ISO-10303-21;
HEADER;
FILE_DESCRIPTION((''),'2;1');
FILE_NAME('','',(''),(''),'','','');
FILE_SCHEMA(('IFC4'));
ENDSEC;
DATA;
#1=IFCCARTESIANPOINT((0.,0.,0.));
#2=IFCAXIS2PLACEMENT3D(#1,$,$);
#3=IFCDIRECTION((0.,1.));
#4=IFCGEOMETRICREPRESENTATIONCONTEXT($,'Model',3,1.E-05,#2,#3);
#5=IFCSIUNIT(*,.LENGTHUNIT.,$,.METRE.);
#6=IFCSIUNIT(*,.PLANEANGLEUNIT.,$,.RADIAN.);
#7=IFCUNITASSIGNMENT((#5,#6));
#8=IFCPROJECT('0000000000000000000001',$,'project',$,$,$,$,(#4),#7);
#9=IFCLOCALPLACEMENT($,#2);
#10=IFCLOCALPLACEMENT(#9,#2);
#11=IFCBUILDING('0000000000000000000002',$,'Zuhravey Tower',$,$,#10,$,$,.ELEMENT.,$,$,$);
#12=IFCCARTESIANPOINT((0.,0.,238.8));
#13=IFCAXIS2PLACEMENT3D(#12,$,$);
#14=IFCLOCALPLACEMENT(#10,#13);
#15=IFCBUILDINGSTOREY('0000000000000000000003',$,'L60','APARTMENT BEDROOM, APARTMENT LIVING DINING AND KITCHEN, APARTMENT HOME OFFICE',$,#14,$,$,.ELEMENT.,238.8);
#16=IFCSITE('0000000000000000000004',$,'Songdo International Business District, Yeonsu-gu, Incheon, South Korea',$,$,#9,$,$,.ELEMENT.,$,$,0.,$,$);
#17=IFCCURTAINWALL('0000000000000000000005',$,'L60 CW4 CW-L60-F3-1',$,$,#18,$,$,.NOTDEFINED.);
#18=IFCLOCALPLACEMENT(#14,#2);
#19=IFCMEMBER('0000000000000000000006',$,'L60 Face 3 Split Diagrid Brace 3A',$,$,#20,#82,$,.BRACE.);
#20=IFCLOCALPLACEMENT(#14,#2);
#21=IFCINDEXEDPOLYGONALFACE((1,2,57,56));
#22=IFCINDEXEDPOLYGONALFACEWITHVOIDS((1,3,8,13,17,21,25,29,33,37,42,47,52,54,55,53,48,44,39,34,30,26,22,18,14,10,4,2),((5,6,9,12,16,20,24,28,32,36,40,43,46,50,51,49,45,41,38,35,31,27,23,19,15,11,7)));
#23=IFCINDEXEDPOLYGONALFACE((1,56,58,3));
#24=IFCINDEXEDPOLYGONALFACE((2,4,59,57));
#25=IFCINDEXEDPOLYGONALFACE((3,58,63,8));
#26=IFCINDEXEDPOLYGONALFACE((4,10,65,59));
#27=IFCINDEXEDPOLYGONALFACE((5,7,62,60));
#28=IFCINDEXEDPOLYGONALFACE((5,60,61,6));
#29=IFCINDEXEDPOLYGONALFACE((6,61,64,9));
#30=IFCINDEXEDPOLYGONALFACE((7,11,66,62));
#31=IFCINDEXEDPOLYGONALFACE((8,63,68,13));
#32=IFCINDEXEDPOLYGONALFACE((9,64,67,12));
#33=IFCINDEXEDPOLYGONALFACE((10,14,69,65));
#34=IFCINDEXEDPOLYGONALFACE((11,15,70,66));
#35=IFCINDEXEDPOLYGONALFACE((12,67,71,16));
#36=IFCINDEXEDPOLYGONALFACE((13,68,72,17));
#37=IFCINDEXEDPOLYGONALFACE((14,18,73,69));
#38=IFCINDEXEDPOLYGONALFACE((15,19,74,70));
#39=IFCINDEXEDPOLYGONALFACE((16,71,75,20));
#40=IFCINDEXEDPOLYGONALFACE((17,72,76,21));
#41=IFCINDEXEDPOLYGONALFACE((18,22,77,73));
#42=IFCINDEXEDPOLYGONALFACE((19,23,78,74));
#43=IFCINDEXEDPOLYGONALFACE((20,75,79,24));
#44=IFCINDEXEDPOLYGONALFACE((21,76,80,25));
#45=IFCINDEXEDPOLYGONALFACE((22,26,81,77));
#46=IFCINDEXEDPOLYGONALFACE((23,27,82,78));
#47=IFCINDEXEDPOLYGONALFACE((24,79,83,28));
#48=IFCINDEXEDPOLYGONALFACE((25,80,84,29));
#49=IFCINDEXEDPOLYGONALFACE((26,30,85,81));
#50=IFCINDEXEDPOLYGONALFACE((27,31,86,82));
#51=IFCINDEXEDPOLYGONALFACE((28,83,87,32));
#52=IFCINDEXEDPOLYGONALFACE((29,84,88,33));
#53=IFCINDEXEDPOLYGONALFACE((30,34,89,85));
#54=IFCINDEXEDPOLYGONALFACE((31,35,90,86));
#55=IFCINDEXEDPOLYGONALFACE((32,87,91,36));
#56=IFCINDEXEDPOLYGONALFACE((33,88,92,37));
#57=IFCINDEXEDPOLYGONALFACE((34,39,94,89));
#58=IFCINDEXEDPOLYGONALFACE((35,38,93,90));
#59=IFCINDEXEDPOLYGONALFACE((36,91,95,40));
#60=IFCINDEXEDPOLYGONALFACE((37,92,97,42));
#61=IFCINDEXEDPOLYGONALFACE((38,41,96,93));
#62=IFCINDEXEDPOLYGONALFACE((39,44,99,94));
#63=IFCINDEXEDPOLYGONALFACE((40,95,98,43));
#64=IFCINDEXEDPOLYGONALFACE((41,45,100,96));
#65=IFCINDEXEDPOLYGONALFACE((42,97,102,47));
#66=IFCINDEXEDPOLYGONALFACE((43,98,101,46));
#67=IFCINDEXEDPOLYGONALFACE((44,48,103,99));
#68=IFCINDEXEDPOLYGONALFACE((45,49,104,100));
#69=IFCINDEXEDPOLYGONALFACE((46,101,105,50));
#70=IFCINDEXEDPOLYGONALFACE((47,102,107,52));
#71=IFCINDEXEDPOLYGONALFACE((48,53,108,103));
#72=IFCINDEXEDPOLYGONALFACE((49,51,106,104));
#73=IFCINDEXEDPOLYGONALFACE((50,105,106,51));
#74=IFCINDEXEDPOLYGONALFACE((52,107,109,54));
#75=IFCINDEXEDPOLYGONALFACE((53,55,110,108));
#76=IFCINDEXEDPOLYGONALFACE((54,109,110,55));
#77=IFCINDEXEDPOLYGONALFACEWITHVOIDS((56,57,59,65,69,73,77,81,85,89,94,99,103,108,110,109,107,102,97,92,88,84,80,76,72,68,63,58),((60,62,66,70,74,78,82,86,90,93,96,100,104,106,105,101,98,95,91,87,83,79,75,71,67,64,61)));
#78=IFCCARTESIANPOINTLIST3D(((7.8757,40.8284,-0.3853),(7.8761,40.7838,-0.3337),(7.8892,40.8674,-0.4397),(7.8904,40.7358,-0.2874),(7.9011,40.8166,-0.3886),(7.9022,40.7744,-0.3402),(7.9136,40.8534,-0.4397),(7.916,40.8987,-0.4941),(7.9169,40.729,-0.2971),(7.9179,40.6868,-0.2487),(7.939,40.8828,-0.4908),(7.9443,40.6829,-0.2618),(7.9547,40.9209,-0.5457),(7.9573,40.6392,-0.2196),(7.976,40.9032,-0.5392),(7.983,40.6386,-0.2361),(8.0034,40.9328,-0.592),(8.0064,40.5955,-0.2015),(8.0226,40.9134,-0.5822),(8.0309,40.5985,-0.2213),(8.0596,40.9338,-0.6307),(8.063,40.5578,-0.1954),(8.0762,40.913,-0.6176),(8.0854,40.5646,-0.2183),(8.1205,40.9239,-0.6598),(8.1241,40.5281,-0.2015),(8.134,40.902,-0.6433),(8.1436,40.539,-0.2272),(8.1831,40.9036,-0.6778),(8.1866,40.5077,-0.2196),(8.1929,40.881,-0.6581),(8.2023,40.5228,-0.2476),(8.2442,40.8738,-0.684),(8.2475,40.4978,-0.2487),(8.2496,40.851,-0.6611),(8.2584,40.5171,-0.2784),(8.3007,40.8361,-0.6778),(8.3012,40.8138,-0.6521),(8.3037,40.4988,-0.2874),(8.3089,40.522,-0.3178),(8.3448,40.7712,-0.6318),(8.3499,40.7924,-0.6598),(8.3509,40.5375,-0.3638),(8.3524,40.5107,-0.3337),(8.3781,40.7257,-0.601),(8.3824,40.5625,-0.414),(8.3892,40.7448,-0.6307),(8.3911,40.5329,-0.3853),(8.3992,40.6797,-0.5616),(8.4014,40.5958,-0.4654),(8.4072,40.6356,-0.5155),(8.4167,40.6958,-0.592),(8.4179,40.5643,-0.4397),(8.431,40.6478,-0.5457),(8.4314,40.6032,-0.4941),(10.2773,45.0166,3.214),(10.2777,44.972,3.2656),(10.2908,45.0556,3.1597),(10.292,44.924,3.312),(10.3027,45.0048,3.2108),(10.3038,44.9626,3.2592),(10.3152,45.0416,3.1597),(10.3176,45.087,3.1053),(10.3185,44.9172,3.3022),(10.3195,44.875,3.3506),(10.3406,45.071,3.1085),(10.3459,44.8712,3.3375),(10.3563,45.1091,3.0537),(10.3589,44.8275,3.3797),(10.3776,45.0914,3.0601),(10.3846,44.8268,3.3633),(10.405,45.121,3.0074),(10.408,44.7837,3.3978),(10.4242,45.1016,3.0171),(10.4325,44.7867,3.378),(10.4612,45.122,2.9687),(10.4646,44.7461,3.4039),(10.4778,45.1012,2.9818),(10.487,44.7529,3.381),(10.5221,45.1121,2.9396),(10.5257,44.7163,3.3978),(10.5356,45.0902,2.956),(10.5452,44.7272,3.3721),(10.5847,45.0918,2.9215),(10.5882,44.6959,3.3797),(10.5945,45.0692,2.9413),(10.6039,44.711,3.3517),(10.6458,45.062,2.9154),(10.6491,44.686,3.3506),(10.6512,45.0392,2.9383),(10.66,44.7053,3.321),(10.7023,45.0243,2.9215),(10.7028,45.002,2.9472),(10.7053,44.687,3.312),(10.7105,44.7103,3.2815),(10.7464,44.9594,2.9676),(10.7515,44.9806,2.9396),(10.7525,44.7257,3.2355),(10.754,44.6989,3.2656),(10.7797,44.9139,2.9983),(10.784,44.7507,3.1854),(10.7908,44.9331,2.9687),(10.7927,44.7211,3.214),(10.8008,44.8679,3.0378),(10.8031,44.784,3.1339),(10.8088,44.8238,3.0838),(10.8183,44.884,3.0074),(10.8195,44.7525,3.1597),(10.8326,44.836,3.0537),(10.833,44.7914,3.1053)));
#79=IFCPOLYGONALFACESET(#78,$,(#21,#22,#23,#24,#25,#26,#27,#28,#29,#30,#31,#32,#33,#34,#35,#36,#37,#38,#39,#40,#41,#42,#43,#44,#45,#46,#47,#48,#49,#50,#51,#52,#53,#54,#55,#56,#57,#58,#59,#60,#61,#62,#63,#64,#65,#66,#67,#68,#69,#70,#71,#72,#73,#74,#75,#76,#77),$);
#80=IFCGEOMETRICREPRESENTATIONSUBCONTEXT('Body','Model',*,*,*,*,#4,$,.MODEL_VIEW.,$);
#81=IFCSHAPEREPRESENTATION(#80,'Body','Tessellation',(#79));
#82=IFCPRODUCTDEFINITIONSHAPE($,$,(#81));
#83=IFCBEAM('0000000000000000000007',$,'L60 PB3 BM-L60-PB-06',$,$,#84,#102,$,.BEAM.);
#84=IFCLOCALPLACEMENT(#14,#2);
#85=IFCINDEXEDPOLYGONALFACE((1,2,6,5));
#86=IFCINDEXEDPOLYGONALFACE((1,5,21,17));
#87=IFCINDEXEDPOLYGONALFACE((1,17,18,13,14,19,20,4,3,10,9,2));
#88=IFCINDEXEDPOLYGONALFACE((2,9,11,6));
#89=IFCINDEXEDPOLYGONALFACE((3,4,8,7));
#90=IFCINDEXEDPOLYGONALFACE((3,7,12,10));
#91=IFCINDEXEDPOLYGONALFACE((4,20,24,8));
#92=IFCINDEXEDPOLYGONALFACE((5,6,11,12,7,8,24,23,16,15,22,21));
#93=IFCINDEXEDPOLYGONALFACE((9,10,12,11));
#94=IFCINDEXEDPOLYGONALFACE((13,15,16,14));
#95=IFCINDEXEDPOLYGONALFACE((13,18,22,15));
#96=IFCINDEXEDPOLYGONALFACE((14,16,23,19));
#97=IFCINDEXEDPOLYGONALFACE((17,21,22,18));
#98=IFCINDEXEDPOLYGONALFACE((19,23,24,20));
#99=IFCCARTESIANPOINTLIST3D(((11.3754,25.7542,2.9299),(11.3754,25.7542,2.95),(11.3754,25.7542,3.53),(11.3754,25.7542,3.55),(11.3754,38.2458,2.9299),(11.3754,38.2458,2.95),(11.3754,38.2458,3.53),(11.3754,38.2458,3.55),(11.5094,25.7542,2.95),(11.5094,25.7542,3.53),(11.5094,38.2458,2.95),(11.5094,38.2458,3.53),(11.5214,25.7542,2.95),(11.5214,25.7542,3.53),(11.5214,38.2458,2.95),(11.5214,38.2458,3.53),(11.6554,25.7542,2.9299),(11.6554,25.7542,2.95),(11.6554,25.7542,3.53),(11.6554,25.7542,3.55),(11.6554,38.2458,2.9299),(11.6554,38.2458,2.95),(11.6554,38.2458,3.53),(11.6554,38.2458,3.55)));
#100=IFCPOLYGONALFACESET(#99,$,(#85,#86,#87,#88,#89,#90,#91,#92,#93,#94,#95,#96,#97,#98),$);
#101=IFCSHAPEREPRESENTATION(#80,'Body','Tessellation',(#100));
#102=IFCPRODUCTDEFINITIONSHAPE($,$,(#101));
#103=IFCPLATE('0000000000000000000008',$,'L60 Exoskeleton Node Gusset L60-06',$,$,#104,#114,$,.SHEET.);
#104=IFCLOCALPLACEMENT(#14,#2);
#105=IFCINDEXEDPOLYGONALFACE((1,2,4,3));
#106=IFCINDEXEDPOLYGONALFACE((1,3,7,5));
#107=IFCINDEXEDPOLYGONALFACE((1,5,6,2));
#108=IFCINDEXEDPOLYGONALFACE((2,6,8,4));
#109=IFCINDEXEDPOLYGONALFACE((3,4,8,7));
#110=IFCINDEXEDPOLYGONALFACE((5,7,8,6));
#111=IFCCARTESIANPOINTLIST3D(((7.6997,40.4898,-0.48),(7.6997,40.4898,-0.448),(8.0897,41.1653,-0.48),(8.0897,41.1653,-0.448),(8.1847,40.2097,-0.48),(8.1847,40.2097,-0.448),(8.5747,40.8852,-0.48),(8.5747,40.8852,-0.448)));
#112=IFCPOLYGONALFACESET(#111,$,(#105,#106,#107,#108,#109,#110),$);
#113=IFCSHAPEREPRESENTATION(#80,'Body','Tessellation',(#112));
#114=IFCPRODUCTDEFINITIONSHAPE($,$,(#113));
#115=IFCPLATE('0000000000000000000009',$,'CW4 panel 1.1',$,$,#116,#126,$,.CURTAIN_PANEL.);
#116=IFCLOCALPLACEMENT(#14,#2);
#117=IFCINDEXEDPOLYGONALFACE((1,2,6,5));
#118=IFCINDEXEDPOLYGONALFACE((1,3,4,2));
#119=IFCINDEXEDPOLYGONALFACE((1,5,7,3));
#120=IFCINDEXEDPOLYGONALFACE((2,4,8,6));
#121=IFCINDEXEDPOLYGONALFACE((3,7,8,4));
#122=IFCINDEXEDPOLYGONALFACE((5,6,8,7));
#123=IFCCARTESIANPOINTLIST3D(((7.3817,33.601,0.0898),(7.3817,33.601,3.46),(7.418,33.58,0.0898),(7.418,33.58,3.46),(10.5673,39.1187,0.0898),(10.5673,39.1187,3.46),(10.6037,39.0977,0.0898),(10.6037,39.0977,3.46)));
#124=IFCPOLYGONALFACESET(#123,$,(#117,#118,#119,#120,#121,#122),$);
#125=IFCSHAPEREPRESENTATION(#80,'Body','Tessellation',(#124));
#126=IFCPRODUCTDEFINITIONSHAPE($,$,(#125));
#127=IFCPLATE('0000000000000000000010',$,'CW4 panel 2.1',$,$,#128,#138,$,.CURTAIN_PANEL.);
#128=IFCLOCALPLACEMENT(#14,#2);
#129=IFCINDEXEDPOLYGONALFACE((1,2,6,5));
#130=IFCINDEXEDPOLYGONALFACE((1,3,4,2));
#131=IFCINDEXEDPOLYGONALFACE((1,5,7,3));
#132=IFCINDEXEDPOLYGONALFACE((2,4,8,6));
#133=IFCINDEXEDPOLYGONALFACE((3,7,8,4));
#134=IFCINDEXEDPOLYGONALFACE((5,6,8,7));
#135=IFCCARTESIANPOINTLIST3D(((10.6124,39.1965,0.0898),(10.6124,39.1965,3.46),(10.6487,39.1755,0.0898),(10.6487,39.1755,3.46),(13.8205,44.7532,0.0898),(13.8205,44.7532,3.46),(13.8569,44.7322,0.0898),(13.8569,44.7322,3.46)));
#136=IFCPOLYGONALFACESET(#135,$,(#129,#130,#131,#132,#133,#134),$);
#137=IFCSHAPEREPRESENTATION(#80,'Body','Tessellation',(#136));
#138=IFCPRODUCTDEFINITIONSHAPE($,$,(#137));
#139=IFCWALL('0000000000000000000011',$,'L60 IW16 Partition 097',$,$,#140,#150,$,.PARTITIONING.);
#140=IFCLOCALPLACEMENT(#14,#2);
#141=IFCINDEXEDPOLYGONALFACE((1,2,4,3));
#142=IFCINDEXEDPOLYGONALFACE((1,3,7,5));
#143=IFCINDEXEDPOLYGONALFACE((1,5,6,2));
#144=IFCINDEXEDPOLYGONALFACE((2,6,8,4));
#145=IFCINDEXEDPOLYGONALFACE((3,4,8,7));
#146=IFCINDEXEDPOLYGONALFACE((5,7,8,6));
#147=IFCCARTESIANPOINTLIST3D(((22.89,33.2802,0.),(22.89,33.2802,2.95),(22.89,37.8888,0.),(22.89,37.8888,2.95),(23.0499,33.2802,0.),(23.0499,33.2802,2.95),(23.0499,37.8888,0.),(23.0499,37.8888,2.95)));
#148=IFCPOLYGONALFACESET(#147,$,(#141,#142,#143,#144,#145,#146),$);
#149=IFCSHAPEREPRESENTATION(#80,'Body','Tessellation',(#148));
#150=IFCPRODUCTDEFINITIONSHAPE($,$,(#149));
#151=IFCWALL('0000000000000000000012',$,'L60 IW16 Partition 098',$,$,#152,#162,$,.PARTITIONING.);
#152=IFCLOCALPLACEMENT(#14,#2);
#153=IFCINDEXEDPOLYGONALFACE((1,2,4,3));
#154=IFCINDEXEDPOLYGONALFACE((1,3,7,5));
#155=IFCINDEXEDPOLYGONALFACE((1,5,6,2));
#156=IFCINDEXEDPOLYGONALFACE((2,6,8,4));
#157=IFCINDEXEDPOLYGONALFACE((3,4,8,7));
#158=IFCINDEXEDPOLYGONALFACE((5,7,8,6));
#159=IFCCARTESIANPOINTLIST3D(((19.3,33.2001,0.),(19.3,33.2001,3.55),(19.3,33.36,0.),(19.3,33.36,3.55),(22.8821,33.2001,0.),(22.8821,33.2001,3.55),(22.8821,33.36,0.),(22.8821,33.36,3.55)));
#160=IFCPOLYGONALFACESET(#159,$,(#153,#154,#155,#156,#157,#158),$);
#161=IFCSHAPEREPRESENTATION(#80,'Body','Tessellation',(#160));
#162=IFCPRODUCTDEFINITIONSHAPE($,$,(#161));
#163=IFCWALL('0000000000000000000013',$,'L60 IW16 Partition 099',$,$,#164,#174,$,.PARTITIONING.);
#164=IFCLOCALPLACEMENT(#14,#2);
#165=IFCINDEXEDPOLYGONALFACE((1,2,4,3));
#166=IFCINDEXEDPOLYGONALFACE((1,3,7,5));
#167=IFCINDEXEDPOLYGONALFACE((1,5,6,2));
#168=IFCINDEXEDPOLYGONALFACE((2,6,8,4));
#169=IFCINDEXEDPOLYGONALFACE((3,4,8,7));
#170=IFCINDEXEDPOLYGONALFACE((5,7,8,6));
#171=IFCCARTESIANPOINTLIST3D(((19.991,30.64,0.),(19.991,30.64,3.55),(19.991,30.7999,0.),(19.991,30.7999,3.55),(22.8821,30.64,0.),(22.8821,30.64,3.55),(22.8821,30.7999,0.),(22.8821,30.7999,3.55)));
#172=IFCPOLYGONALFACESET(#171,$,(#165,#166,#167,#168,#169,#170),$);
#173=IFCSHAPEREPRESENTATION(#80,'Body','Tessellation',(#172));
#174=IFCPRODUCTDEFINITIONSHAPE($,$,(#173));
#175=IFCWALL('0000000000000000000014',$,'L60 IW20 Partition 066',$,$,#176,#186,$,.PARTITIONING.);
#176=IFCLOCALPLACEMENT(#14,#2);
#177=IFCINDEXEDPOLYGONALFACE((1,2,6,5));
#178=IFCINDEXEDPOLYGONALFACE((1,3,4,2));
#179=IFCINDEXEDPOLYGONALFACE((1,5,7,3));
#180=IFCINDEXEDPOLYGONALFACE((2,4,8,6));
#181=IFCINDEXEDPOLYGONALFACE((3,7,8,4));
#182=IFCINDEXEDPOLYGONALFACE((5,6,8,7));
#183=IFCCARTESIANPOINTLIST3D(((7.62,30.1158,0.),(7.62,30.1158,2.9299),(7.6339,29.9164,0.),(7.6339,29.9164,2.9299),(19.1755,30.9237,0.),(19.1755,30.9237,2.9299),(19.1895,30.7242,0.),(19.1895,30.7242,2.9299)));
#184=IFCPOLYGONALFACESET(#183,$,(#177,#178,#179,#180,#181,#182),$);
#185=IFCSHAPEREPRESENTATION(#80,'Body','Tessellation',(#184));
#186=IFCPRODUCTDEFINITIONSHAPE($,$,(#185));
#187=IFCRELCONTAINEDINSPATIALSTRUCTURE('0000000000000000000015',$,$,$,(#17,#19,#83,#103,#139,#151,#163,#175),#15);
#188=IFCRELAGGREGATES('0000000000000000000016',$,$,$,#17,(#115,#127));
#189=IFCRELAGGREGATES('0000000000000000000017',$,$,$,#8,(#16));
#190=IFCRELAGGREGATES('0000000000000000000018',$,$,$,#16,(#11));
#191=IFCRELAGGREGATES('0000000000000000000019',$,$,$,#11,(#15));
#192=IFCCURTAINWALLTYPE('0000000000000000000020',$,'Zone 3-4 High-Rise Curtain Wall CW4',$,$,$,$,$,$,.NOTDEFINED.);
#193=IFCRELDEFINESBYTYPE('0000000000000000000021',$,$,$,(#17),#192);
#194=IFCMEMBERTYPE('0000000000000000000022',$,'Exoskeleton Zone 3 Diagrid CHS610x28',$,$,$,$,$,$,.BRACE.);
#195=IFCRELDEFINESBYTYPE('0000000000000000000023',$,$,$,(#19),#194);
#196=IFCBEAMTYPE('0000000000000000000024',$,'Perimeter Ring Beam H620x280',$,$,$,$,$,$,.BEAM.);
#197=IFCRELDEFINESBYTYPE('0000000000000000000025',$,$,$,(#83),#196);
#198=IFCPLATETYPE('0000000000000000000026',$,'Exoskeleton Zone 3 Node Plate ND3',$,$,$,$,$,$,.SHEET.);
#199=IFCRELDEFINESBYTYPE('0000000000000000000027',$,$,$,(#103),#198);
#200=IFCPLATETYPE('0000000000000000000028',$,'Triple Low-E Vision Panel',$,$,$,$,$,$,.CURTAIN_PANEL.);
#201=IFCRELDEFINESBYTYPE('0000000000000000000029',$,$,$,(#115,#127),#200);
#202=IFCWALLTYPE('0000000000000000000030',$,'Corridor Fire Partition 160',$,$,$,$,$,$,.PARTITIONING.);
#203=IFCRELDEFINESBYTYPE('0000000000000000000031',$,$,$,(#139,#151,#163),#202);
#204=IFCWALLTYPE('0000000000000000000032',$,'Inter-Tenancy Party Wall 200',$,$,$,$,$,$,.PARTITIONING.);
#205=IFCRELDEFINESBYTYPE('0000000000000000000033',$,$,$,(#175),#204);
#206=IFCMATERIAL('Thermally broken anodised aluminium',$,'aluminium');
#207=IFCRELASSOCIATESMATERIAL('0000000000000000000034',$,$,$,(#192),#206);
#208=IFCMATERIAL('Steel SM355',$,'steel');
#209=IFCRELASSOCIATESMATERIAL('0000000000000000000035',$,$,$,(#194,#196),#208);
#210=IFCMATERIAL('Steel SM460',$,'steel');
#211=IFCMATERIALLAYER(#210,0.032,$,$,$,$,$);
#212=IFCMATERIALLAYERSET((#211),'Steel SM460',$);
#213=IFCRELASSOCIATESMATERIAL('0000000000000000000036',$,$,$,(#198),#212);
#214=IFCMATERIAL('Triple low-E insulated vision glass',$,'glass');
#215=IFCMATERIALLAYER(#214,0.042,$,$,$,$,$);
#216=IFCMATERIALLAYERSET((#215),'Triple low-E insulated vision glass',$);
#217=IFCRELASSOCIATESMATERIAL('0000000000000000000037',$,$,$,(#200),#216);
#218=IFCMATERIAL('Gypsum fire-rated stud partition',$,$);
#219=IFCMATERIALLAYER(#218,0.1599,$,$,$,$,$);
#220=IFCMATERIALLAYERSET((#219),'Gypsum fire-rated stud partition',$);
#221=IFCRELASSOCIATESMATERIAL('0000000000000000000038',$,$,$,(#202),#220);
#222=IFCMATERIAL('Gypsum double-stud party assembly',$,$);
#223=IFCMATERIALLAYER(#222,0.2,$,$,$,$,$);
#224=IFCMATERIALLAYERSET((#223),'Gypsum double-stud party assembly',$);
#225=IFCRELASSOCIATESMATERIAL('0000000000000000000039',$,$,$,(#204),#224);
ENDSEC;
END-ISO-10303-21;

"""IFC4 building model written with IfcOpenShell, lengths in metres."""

from ifc_helpers import new_model, si_unit, direction, frame, frame_2d, origin, origin_2d, place, context, subcontext, project, spatial, rectangle, hollow_circle, i_section, extrude, material, layer, layer_set, material_profile, profile_set, type_object, element, aggregate, save


model = new_model("IFC4")

# Units and contexts
model_context = context("Model", 3, precision=1e-05, world=origin(), true_north=direction((0.0, 1.0)))
body_context = subcontext(model_context, "Body", "Model", "MODEL_VIEW")
ifc_project = project(units=[si_unit("LENGTHUNIT", "METRE"), si_unit("PLANEANGLEUNIT", "RADIAN")], contexts=[model_context])

# Site, building, storey
site_placement = place(None, origin())
site = spatial("IfcSite", under=ifc_project, at=site_placement, Name="Songdo International Business District, Yeonsu-gu, Incheon, South Korea", CompositionType="ELEMENT", RefElevation=0.0)
building_placement = place(site_placement, origin())
building = spatial("IfcBuilding", under=site, at=building_placement, Name="Zuhravey Tower", CompositionType="ELEMENT")
storey_placement = place(building_placement, frame((0.0, 0.0, 238.8)))
storey = spatial("IfcBuildingStorey", under=building, at=storey_placement, Name="L60", Description="APARTMENT BEDROOM, APARTMENT LIVING DINING AND KITCHEN, APARTMENT HOME OFFICE", CompositionType="ELEMENT", Elevation=238.8)

# Curtain wall
ifc_material_1 = material(Name="Thermally broken anodised aluminium", Category="aluminium")
curtain_wall_type = type_object("IfcCurtainWallType", Name="Zone 3-4 High-Rise Curtain Wall CW4", PredefinedType="NOTDEFINED", material=ifc_material_1)
curtain_wall_placement = place(storey_placement, origin())
curtain_wall = element("IfcCurtainWall", 1, at=curtain_wall_placement, inside=storey, type_object=curtain_wall_type, Name="L60 CW4 CW-L60-F3-1", PredefinedType="NOTDEFINED")

# Member
ifc_material_2 = material(Name="Steel SM355", Category="steel")
ifc_material_profile_1 = material_profile(ifc_material_2, hollow_circle(Radius=0.3047, WallThickness=0.0281, at=origin_2d()), Name="CHS-609.6x28")
ifc_profile_set_1 = profile_set([ifc_material_profile_1], Name="Steel SM355")
member_type_1 = type_object("IfcMemberType", Name="Exoskeleton Zone 3 Diagrid CHS610x28", PredefinedType="BRACE", material=ifc_profile_set_1)
member_1_placement = place(storey_placement, frame((8.1536, 40.7158, -0.4397), z_axis=(0.398806, 0.695489, 0.597703), x_axis=(-0.867498, 0.49744, 0.0)))
element("IfcMember", 2, at=member_1_placement, inside=storey, type_object=member_type_1, Name="L60 Face 3 Split Diagrid Brace 3A", PredefinedType="BRACE", context=body_context, shape_type="SweptSolid", body=[
    extrude(hollow_circle(Radius=0.3047, WallThickness=0.0281, at=origin_2d()), origin(), (0.0, 0.0, 1.0), 6.022),
])

# Beam
ifc_material_profile_2 = material_profile(ifc_material_2, i_section(OverallWidth=0.28, OverallDepth=0.6201, WebThickness=0.012, FlangeThickness=0.02, at=origin_2d()), Name="H-620x280x12x20")
ifc_profile_set_2 = profile_set([ifc_material_profile_2], Name="Steel SM355")
beam_type = type_object("IfcBeamType", Name="Perimeter Ring Beam H620x280", PredefinedType="BEAM", material=ifc_profile_set_2)
beam_placement = place(storey_placement, frame((11.5154, 38.2458, 3.24), z_axis=(0.0, -1.0, 0.0), x_axis=(1.0, 0.0, 0.0)))
element("IfcBeam", 3, at=beam_placement, inside=storey, type_object=beam_type, Name="L60 PB3 BM-L60-PB-06", PredefinedType="BEAM", context=body_context, shape_type="SweptSolid", body=[
    extrude(i_section(OverallWidth=0.28, OverallDepth=0.6201, WebThickness=0.012, FlangeThickness=0.02, at=origin_2d()), origin(), (0.0, 0.0, 1.0), 12.4917),
])

# Plates
ifc_material_3 = material(Name="Steel SM460", Category="steel")
ifc_layer_1 = layer(ifc_material_3, 0.032)
ifc_layer_set_1 = layer_set([ifc_layer_1], Name="Steel SM460")
plate_type_1 = type_object("IfcPlateType", Name="Exoskeleton Zone 3 Node Plate ND3", PredefinedType="SHEET", material=ifc_layer_set_1)
plate_1_placement = place(storey_placement, frame((8.1372, 40.6875, -0.48), z_axis=(0.0, 0.0, 1.0), x_axis=(-0.5, -0.866025, 0.0)))
element("IfcPlate", 4, at=plate_1_placement, inside=storey, type_object=plate_type_1, Name="L60 Exoskeleton Node Gusset L60-06", PredefinedType="SHEET", context=body_context, shape_type="SweptSolid", body=[
    extrude(rectangle(XDim=0.78, YDim=0.5601, at=origin_2d()), origin(), (0.0, 0.0, 1.0), 0.032),
])
ifc_material_4 = material(Name="Triple low-E insulated vision glass", Category="glass")
ifc_layer_2 = layer(ifc_material_4, 0.042)
ifc_layer_set_2 = layer_set([ifc_layer_2], Name="Triple low-E insulated vision glass")
plate_type_2 = type_object("IfcPlateType", Name="Triple Low-E Vision Panel", PredefinedType="CURTAIN_PANEL", material=ifc_layer_set_2)
plate_2_placement = place(storey_placement, frame((8.9927, 36.3494, 0.0898), z_axis=(0.0, 0.0, 1.0), x_axis=(0.500001, 0.866025, 0.0)))
plate_2 = element("IfcPlate", 5, at=plate_2_placement, type_object=plate_type_2, Name="CW4 panel 1.1", PredefinedType="CURTAIN_PANEL", context=body_context, shape_type="SweptSolid", body=[
    extrude(rectangle(XDim=6.3713, YDim=0.042, at=origin_2d()), origin(), (0.0, 0.0, 1.0), 3.3701),
])
plate_3_placement = place(storey_placement, frame((12.2346, 41.9644, 0.0898), z_axis=(0.0, 0.0, 1.0), x_axis=(0.500001, 0.866025, 0.0)))
plate_3 = element("IfcPlate", 6, at=plate_3_placement, type_object=plate_type_2, Name="CW4 panel 2.1", PredefinedType="CURTAIN_PANEL", context=body_context, shape_type="SweptSolid", body=[
    extrude(rectangle(XDim=6.4163, YDim=0.042, at=origin_2d()), origin(), (0.0, 0.0, 1.0), 3.3701),
])
aggregate(curtain_wall, [plate_2, plate_3])

# Shared definitions
ifc_material_5 = material(Name="Gypsum fire-rated stud partition")
ifc_layer_3 = layer(ifc_material_5, 0.1599)
ifc_layer_set_3 = layer_set([ifc_layer_3], Name="Gypsum fire-rated stud partition")
wall_type_1 = type_object("IfcWallType", Name="Corridor Fire Partition 160", PredefinedType="PARTITIONING", material=ifc_layer_set_3)

# Walls
wall_1_placement = place(storey_placement, frame((22.97, 37.8887, 0.0), z_axis=(0.0, 0.0, 1.0), x_axis=(0.0, -1.0, 0.0)))
element("IfcWall", 7, at=wall_1_placement, inside=storey, type_object=wall_type_1, Name="L60 IW16 Partition 097", PredefinedType="PARTITIONING", context=body_context, shape_type="SweptSolid", body=[
    extrude(rectangle(XDim=4.6086, YDim=0.1599, at=frame_2d((2.3042, 0.0))), origin(), (0.0, 0.0, 1.0), 2.95),
])
wall_2_placement = place(storey_placement, frame((22.8821, 33.28, 0.0), z_axis=(0.0, 0.0, 1.0), x_axis=(-1.0, 0.0, 0.0)))
element("IfcWall", 8, at=wall_2_placement, inside=storey, type_object=wall_type_1, Name="L60 IW16 Partition 098", PredefinedType="PARTITIONING", context=body_context, shape_type="SweptSolid", body=[
    extrude(rectangle(XDim=3.582, YDim=0.1599, at=frame_2d((1.791, 0.0))), origin(), (0.0, 0.0, 1.0), 3.55),
])
wall_3_placement = place(storey_placement, frame((19.991, 30.72, 0.0), z_axis=(0.0, 0.0, 1.0), x_axis=(1.0, 0.0, 0.0)))
element("IfcWall", 9, at=wall_3_placement, inside=storey, type_object=wall_type_1, Name="L60 IW16 Partition 099", PredefinedType="PARTITIONING", context=body_context, shape_type="SweptSolid", body=[
    extrude(rectangle(XDim=2.8911, YDim=0.1599, at=frame_2d((1.4456, 0.0))), origin(), (0.0, 0.0, 1.0), 3.55),
])
ifc_material_6 = material(Name="Gypsum double-stud party assembly")
ifc_layer_4 = layer(ifc_material_6, 0.2)
ifc_layer_set_4 = layer_set([ifc_layer_4], Name="Gypsum double-stud party assembly")
wall_type_2 = type_object("IfcWallType", Name="Inter-Tenancy Party Wall 200", PredefinedType="PARTITIONING", material=ifc_layer_set_4)
wall_4_placement = place(storey_placement, frame((19.1826, 30.824, 0.0), z_axis=(0.0, 0.0, 1.0), x_axis=(-0.997565, -0.069742, 0.0)))
element("IfcWall", 10, at=wall_4_placement, inside=storey, type_object=wall_type_2, Name="L60 IW20 Partition 066", PredefinedType="PARTITIONING", context=body_context, shape_type="SweptSolid", body=[
    extrude(rectangle(XDim=11.5837, YDim=0.2, at=frame_2d((5.792, 0.0))), origin(), (0.0, 0.0, 1.0), 2.9299),
])

save(model, "model.ifc")
